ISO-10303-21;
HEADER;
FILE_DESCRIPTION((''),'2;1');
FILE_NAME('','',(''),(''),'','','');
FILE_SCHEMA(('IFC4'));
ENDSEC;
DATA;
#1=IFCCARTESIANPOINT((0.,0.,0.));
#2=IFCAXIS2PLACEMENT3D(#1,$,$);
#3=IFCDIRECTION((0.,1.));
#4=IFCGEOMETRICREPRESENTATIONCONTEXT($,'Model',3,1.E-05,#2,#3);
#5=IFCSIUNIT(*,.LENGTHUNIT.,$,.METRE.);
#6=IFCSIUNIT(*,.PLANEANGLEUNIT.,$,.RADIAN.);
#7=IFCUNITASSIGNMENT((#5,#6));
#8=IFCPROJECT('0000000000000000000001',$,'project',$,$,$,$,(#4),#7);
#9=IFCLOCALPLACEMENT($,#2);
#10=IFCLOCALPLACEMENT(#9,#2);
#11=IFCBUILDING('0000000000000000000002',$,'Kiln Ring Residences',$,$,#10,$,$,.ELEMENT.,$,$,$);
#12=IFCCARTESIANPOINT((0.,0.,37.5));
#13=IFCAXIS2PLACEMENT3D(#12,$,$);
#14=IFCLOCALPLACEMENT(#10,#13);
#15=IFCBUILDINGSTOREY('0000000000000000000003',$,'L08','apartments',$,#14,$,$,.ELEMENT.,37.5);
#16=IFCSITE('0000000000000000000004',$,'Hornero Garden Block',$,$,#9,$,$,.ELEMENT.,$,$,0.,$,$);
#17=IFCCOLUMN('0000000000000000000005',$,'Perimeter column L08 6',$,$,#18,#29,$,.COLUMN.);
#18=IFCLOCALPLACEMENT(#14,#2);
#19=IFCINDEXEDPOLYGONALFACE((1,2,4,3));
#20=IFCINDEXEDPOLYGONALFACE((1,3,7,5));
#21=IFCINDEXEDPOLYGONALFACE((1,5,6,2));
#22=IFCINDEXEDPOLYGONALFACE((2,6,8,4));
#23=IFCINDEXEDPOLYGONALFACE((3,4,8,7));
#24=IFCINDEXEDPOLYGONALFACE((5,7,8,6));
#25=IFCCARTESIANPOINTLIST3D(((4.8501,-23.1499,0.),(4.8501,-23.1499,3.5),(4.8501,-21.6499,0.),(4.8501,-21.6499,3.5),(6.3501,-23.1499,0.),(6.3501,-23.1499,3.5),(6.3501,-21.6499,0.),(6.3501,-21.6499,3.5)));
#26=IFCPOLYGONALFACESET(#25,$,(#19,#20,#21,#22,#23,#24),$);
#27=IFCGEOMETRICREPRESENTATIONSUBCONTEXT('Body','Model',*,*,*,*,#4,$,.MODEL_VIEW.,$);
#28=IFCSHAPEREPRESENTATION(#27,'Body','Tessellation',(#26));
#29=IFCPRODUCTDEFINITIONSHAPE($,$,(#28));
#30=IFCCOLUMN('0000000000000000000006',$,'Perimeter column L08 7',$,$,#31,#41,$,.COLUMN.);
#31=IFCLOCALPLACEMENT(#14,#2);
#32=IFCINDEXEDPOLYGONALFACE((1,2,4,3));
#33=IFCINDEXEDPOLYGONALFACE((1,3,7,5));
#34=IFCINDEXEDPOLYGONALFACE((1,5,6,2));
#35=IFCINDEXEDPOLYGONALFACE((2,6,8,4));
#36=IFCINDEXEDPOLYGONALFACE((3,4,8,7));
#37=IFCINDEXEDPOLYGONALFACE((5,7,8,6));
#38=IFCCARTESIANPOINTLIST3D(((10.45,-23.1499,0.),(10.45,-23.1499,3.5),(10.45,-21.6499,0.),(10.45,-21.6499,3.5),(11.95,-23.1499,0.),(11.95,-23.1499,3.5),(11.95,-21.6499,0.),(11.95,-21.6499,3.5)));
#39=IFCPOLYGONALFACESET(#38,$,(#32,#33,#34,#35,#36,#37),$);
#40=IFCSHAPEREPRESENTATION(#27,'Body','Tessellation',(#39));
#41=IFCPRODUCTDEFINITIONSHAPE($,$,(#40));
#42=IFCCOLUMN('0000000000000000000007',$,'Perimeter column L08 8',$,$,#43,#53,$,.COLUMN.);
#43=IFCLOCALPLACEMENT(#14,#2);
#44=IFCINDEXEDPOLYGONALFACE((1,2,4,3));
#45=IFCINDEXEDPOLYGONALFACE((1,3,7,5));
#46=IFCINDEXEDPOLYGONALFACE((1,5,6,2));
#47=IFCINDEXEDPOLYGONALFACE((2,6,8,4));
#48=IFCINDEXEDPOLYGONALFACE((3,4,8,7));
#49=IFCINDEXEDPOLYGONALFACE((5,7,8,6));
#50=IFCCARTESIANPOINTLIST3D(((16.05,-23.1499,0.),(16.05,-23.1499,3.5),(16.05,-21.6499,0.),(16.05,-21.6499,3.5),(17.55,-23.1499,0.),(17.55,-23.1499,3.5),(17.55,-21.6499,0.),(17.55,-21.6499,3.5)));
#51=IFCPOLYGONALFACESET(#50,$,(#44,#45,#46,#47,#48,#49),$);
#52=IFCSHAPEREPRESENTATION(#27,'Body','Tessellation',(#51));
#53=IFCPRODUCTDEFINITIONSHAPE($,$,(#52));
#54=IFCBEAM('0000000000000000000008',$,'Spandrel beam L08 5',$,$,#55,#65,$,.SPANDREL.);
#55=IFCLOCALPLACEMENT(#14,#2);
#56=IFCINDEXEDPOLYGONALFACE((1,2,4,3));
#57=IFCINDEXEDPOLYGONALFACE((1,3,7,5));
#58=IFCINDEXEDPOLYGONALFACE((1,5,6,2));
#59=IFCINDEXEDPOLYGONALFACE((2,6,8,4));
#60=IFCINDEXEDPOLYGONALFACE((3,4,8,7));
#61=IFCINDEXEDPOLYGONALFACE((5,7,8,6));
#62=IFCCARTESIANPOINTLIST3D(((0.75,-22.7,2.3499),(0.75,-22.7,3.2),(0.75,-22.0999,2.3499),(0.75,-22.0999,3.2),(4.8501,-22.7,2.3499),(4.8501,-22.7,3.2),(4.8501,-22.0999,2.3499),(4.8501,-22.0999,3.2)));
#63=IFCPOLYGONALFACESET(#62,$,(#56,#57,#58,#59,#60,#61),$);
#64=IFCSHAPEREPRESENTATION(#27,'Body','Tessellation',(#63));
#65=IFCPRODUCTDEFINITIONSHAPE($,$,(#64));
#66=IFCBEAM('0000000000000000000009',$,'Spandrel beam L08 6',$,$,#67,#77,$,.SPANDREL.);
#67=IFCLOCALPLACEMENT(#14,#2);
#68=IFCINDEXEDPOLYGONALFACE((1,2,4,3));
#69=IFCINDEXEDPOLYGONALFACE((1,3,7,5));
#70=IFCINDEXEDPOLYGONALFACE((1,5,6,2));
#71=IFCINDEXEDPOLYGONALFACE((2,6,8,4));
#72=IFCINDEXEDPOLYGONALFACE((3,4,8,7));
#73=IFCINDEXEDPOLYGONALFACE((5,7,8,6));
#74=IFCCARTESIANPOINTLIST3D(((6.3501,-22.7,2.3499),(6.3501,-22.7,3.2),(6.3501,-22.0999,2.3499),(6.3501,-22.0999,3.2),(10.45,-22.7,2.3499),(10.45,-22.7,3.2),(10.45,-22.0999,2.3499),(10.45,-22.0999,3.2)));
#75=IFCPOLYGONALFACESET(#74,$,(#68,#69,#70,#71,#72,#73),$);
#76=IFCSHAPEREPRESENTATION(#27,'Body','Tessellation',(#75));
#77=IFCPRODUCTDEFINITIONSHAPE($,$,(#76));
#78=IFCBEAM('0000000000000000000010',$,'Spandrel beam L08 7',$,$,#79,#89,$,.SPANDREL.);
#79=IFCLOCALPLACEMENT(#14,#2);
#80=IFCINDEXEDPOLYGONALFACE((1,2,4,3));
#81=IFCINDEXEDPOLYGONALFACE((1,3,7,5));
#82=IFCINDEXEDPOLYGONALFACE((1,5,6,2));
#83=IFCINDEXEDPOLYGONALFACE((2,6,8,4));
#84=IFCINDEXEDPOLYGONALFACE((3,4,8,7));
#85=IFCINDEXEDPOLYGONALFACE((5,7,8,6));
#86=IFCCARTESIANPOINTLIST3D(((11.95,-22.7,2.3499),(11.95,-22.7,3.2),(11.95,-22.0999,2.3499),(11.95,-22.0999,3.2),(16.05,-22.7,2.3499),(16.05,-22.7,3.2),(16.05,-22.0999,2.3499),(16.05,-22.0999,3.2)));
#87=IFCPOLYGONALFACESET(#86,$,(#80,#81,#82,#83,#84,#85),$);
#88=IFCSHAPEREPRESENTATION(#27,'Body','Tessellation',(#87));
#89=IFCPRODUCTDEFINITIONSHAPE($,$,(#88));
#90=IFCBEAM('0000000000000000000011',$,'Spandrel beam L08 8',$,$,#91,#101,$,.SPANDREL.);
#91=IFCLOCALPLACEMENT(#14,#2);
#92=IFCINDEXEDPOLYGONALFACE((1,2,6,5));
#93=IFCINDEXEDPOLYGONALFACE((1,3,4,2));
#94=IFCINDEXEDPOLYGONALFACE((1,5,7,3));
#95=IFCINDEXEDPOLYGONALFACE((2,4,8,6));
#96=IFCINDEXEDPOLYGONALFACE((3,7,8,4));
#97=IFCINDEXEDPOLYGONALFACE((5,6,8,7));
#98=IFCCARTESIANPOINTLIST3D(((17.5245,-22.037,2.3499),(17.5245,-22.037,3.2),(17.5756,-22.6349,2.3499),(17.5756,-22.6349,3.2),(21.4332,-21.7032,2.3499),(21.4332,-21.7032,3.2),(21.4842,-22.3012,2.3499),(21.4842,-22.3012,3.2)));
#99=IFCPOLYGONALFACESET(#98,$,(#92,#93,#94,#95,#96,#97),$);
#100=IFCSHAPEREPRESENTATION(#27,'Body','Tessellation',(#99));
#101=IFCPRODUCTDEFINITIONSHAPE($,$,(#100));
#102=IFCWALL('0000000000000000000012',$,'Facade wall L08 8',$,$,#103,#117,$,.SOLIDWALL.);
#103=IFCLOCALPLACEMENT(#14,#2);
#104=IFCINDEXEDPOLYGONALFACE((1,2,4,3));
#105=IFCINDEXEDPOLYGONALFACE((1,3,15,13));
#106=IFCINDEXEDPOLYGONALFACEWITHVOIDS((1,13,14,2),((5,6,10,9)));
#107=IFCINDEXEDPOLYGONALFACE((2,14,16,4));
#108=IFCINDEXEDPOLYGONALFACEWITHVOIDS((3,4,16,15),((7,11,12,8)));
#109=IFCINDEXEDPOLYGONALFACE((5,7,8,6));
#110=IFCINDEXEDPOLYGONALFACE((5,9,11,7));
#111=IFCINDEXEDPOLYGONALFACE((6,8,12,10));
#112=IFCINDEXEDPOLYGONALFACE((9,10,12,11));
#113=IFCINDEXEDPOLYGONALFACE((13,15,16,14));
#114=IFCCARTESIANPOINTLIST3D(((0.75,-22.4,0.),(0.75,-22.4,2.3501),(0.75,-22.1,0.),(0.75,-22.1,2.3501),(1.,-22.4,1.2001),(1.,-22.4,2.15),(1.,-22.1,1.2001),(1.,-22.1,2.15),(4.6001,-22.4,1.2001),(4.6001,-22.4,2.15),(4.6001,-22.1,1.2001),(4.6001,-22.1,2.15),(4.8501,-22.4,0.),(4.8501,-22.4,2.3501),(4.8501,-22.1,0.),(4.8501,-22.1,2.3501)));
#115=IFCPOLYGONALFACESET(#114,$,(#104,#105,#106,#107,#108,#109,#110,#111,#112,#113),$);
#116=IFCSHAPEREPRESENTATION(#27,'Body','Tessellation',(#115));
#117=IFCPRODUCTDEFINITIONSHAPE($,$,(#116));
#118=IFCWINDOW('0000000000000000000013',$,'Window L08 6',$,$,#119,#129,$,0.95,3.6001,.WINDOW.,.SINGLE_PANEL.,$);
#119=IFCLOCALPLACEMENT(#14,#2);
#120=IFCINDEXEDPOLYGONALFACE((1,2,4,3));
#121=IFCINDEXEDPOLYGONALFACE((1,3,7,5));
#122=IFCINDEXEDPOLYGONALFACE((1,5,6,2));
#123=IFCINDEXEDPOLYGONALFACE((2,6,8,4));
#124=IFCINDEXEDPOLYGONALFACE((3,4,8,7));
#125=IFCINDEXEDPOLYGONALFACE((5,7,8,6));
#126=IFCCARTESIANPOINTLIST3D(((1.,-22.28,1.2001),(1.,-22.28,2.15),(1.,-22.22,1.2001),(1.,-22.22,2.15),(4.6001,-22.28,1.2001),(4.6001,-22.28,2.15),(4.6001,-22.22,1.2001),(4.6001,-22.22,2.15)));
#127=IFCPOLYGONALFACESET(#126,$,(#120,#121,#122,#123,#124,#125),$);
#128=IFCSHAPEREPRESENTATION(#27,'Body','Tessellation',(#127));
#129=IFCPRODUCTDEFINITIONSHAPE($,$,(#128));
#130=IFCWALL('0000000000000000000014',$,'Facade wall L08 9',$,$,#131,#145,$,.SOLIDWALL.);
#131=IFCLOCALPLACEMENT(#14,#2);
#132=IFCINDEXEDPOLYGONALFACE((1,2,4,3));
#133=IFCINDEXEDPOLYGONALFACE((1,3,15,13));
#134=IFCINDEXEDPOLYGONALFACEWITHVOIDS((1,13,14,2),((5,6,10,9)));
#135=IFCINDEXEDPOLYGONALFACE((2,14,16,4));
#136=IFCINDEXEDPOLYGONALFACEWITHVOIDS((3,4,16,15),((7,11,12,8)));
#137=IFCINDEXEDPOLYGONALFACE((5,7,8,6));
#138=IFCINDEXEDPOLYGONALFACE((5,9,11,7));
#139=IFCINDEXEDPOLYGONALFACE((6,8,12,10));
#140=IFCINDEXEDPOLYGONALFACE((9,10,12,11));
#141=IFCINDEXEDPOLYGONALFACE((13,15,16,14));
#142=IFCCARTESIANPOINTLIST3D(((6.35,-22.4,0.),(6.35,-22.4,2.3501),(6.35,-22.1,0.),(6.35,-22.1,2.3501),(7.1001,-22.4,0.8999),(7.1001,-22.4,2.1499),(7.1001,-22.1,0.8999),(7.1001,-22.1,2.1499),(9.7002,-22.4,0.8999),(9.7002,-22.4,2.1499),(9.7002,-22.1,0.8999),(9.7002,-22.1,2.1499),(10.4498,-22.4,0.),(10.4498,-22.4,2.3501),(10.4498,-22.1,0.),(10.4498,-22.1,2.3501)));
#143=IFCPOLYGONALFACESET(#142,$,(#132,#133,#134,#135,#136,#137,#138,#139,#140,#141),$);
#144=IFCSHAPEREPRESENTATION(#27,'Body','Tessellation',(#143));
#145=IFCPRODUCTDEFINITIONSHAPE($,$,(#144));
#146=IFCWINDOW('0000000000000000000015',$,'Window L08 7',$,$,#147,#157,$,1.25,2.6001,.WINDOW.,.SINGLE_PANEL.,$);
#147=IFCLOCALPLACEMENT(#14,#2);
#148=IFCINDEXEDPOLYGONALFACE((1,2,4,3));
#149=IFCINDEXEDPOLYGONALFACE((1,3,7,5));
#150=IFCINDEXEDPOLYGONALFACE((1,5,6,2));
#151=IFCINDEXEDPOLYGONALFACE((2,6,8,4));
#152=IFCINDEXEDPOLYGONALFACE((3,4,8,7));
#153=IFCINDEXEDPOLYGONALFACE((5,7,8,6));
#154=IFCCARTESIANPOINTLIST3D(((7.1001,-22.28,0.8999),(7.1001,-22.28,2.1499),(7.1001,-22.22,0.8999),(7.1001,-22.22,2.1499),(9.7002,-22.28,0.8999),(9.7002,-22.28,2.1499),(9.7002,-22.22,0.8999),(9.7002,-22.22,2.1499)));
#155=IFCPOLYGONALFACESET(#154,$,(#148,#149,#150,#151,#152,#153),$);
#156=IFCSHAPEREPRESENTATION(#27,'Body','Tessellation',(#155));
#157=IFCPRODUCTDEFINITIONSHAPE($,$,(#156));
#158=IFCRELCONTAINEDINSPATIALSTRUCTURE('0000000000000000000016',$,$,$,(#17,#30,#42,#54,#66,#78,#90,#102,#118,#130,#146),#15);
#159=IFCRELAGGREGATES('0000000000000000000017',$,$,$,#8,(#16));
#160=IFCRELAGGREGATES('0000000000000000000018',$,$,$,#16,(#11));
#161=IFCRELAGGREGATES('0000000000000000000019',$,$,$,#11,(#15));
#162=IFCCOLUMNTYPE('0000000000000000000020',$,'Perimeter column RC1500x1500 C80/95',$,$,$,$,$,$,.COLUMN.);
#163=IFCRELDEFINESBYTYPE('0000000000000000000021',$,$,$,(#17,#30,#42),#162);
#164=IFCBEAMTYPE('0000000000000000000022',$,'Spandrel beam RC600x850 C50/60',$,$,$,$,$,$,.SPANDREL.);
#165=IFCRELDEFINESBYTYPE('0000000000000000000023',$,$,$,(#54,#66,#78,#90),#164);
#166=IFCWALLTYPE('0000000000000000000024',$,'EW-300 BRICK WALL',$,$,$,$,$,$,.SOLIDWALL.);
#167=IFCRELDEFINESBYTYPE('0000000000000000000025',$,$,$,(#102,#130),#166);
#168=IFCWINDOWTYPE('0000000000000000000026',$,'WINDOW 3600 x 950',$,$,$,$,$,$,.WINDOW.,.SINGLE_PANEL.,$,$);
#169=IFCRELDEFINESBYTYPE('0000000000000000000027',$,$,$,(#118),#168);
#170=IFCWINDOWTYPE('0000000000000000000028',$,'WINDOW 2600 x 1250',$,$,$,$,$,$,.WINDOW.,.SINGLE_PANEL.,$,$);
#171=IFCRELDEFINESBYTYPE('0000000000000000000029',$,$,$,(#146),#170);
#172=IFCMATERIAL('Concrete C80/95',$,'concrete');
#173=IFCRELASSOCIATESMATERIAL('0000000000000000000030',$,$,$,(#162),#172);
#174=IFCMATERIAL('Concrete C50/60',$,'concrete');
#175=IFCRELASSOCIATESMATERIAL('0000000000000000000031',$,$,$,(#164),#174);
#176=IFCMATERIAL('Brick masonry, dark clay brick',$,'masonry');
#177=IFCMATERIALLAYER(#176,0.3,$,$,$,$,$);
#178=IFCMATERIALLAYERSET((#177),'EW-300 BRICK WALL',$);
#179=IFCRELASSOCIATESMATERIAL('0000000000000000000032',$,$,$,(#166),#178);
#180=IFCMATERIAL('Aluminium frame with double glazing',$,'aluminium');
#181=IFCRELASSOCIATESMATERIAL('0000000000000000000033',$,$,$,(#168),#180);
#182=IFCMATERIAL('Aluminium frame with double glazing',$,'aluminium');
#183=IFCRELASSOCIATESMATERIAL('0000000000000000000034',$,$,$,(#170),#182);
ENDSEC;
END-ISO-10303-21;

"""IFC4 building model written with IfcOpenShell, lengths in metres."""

from ifc_helpers import new_model, si_unit, direction, frame, frame_2d, origin, origin_2d, place, context, subcontext, project, spatial, rectangle, extrude, material, layer, layer_set, material_profile, profile_set, type_object, element, fill, save


model = new_model("IFC4")

# Units and contexts
model_context = context("Model", 3, precision=1e-05, world=origin(), true_north=direction((0.0, 1.0)))
body_context = subcontext(model_context, "Body", "Model", "MODEL_VIEW")
ifc_project = project(units=[si_unit("LENGTHUNIT", "METRE"), si_unit("PLANEANGLEUNIT", "RADIAN")], contexts=[model_context])

# Site, building, storey
site_placement = place(None, origin())
site = spatial("IfcSite", under=ifc_project, at=site_placement, Name="Hornero Garden Block", CompositionType="ELEMENT", RefElevation=0.0)
building_placement = place(site_placement, origin())
building = spatial("IfcBuilding", under=site, at=building_placement, Name="Kiln Ring Residences", CompositionType="ELEMENT")
storey_placement = place(building_placement, frame((0.0, 0.0, 37.5)))
storey = spatial("IfcBuildingStorey", under=building, at=storey_placement, Name="L08", Description="apartments", CompositionType="ELEMENT", Elevation=37.5)

# Columns
ifc_material_1 = material(Name="Concrete C80/95", Category="concrete")
ifc_material_profile_1 = material_profile(ifc_material_1, rectangle(XDim=1.5, YDim=1.5, at=origin_2d()), Name="RC1500x1500")
ifc_profile_set_1 = profile_set([ifc_material_profile_1], Name="Concrete C80/95")
column_type = type_object("IfcColumnType", Name="Perimeter column RC1500x1500 C80/95", PredefinedType="COLUMN", material=ifc_profile_set_1)
for number, where, z_axis, x_axis, name in (
    (1, (5.6001, -22.3999, 0.0), (0.0, 0.0, 1.0), (1.0, 0.0, 0.0), "Perimeter column L08 6"),
    (2, (11.2, -22.3999, 0.0), (0.0, 0.0, 1.0), (1.0, 0.0, 0.0), "Perimeter column L08 7"),
    (3, (16.8, -22.3999, 0.0), (0.0, 0.0, 1.0), (1.0, 0.0, 0.0), "Perimeter column L08 8"),
):
    element("IfcColumn", number, at=place(storey_placement, frame(where, z_axis=z_axis, x_axis=x_axis)), inside=storey, type_object=column_type, Name=name, PredefinedType="COLUMN", context=body_context, shape_type="SweptSolid", body=[
        extrude(rectangle(XDim=1.5, YDim=1.5, at=origin_2d()), origin(), (0.0, 0.0, 1.0), 3.5),
    ])

# Beams
ifc_material_2 = material(Name="Concrete C50/60", Category="concrete")
ifc_material_profile_2 = material_profile(ifc_material_2, rectangle(XDim=0.6001, YDim=0.8501, at=origin_2d()), Name="RC600x850")
ifc_profile_set_2 = profile_set([ifc_material_profile_2], Name="Concrete C50/60")
beam_type = type_object("IfcBeamType", Name="Spandrel beam RC600x850 C50/60", PredefinedType="SPANDREL", material=ifc_profile_set_2)
beam_1_placement = place(storey_placement, frame((0.75, -22.3999, 2.7749), z_axis=(1.0, 0.0, 0.0), x_axis=(0.0, 1.0, 0.0)))
element("IfcBeam", 4, at=beam_1_placement, inside=storey, type_object=beam_type, Name="Spandrel beam L08 5", PredefinedType="SPANDREL", context=body_context, shape_type="SweptSolid", body=[
    extrude(rectangle(XDim=0.6001, YDim=0.8501, at=origin_2d()), origin(), (0.0, 0.0, 1.0), 4.1001),
])
beam_2_placement = place(storey_placement, frame((6.3501, -22.3999, 2.7749), z_axis=(1.0, 0.0, 0.0), x_axis=(0.0, 1.0, 0.0)))
element("IfcBeam", 5, at=beam_2_placement, inside=storey, type_object=beam_type, Name="Spandrel beam L08 6", PredefinedType="SPANDREL", context=body_context, shape_type="SweptSolid", body=[
    extrude(rectangle(XDim=0.6001, YDim=0.8501, at=origin_2d()), origin(), (0.0, 0.0, 1.0), 4.0999),
])
beam_3_placement = place(storey_placement, frame((11.95, -22.3999, 2.7749), z_axis=(1.0, 0.0, 0.0), x_axis=(0.0, 1.0, 0.0)))
element("IfcBeam", 6, at=beam_3_placement, inside=storey, type_object=beam_type, Name="Spandrel beam L08 7", PredefinedType="SPANDREL", context=body_context, shape_type="SweptSolid", body=[
    extrude(rectangle(XDim=0.6001, YDim=0.8501, at=origin_2d()), origin(), (0.0, 0.0, 1.0), 4.1001),
])
beam_4_placement = place(storey_placement, frame((17.55, -22.3359, 2.7749), z_axis=(0.996375, 0.085075, 0.0), x_axis=(-0.085075, 0.996375, 0.0)))
element("IfcBeam", 7, at=beam_4_placement, inside=storey, type_object=beam_type, Name="Spandrel beam L08 8", PredefinedType="SPANDREL", context=body_context, shape_type="SweptSolid", body=[
    extrude(rectangle(XDim=0.6001, YDim=0.8501, at=origin_2d()), origin(), (0.0, 0.0, 1.0), 3.9229),
])

# Walls, openings, windows
ifc_material_3 = material(Name="Brick masonry, dark clay brick", Category="masonry")
ifc_layer_1 = layer(ifc_material_3, 0.3)
ifc_layer_set_1 = layer_set([ifc_layer_1], Name="EW-300 BRICK WALL")
wall_type_1 = type_object("IfcWallType", Name="EW-300 BRICK WALL", PredefinedType="SOLIDWALL", material=ifc_layer_set_1)
wall_1_placement = place(storey_placement, frame((0.75, -22.25, 0.0), z_axis=(0.0, 0.0, 1.0), x_axis=(1.0, 0.0, 0.0)))
wall_1 = element("IfcWall", 8, at=wall_1_placement, inside=storey, type_object=wall_type_1, Name="Facade wall L08 8", PredefinedType="SOLIDWALL", context=body_context, shape_type="SweptSolid", body=[
    extrude(rectangle(XDim=4.1001, YDim=0.3, at=frame_2d((2.05, 0.0))), origin(), (0.0, 0.0, 1.0), 2.3501),
])
opening_1_placement = place(wall_1_placement, frame((0.25, 0.0, 1.2)))
opening_1 = element("IfcOpeningElement", 9, at=opening_1_placement, cuts=wall_1, PredefinedType="OPENING", context=body_context, shape_type="SweptSolid", body=[
    extrude(rectangle(XDim=3.6001, YDim=0.95, at=frame_2d((1.8, 0.4751))), frame((0.0, 0.1599, 0.0), z_axis=(0.0, -1.0, 0.0), x_axis=(1.0, 0.0, 0.0)), (0.0, 0.0, 1.0), 0.3201),
])
ifc_material_4 = material(Name="Aluminium frame with double glazing", Category="aluminium")
window_type_1 = type_object("IfcWindowType", Name="WINDOW 3600 x 950", PartitioningType="SINGLE_PANEL", PredefinedType="WINDOW", material=ifc_material_4)
window_1_placement = place(opening_1_placement, origin())
window_1 = element("IfcWindow", 10, at=window_1_placement, inside=storey, type_object=window_type_1, Name="Window L08 6", OverallHeight=0.95, OverallWidth=3.6001, PartitioningType="SINGLE_PANEL", PredefinedType="WINDOW", context=body_context, shape_type="SweptSolid", body=[
    extrude(rectangle(XDim=3.6001, YDim=0.95, at=frame_2d((1.8, 0.4751))), frame((0.0, 0.03, 0.0), z_axis=(0.0, -1.0, 0.0), x_axis=(1.0, 0.0, 0.0)), (0.0, 0.0, 1.0), 0.0601),
])
fill(opening_1, window_1)
wall_2_placement = place(storey_placement, frame((6.3501, -22.25, 0.0), z_axis=(0.0, 0.0, 1.0), x_axis=(1.0, 0.0, 0.0)))
wall_2 = element("IfcWall", 11, at=wall_2_placement, inside=storey, type_object=wall_type_1, Name="Facade wall L08 9", PredefinedType="SOLIDWALL", context=body_context, shape_type="SweptSolid", body=[
    extrude(rectangle(XDim=4.0999, YDim=0.3, at=frame_2d((2.0498, 0.0))), origin(), (0.0, 0.0, 1.0), 2.3501),
])
opening_2_placement = place(wall_2_placement, frame((0.75, 0.0, 0.8999)))
opening_2 = element("IfcOpeningElement", 12, at=opening_2_placement, cuts=wall_2, PredefinedType="OPENING", context=body_context, shape_type="SweptSolid", body=[
    extrude(rectangle(XDim=2.6001, YDim=1.25, at=frame_2d((1.3, 0.625))), frame((0.0, 0.1599, 0.0), z_axis=(0.0, -1.0, 0.0), x_axis=(1.0, 0.0, 0.0)), (0.0, 0.0, 1.0), 0.3201),
])
ifc_material_5 = material(Name="Aluminium frame with double glazing", Category="aluminium")
window_type_2 = type_object("IfcWindowType", Name="WINDOW 2600 x 1250", PartitioningType="SINGLE_PANEL", PredefinedType="WINDOW", material=ifc_material_5)
window_2_placement = place(opening_2_placement, origin())
window_2 = element("IfcWindow", 13, at=window_2_placement, inside=storey, type_object=window_type_2, Name="Window L08 7", OverallHeight=1.25, OverallWidth=2.6001, PartitioningType="SINGLE_PANEL", PredefinedType="WINDOW", context=body_context, shape_type="SweptSolid", body=[
    extrude(rectangle(XDim=2.6001, YDim=1.25, at=frame_2d((1.3, 0.625))), frame((0.0, 0.03, 0.0), z_axis=(0.0, -1.0, 0.0), x_axis=(1.0, 0.0, 0.0)), (0.0, 0.0, 1.0), 0.0601),
])
fill(opening_2, window_2)

save(model, "model.ifc")
